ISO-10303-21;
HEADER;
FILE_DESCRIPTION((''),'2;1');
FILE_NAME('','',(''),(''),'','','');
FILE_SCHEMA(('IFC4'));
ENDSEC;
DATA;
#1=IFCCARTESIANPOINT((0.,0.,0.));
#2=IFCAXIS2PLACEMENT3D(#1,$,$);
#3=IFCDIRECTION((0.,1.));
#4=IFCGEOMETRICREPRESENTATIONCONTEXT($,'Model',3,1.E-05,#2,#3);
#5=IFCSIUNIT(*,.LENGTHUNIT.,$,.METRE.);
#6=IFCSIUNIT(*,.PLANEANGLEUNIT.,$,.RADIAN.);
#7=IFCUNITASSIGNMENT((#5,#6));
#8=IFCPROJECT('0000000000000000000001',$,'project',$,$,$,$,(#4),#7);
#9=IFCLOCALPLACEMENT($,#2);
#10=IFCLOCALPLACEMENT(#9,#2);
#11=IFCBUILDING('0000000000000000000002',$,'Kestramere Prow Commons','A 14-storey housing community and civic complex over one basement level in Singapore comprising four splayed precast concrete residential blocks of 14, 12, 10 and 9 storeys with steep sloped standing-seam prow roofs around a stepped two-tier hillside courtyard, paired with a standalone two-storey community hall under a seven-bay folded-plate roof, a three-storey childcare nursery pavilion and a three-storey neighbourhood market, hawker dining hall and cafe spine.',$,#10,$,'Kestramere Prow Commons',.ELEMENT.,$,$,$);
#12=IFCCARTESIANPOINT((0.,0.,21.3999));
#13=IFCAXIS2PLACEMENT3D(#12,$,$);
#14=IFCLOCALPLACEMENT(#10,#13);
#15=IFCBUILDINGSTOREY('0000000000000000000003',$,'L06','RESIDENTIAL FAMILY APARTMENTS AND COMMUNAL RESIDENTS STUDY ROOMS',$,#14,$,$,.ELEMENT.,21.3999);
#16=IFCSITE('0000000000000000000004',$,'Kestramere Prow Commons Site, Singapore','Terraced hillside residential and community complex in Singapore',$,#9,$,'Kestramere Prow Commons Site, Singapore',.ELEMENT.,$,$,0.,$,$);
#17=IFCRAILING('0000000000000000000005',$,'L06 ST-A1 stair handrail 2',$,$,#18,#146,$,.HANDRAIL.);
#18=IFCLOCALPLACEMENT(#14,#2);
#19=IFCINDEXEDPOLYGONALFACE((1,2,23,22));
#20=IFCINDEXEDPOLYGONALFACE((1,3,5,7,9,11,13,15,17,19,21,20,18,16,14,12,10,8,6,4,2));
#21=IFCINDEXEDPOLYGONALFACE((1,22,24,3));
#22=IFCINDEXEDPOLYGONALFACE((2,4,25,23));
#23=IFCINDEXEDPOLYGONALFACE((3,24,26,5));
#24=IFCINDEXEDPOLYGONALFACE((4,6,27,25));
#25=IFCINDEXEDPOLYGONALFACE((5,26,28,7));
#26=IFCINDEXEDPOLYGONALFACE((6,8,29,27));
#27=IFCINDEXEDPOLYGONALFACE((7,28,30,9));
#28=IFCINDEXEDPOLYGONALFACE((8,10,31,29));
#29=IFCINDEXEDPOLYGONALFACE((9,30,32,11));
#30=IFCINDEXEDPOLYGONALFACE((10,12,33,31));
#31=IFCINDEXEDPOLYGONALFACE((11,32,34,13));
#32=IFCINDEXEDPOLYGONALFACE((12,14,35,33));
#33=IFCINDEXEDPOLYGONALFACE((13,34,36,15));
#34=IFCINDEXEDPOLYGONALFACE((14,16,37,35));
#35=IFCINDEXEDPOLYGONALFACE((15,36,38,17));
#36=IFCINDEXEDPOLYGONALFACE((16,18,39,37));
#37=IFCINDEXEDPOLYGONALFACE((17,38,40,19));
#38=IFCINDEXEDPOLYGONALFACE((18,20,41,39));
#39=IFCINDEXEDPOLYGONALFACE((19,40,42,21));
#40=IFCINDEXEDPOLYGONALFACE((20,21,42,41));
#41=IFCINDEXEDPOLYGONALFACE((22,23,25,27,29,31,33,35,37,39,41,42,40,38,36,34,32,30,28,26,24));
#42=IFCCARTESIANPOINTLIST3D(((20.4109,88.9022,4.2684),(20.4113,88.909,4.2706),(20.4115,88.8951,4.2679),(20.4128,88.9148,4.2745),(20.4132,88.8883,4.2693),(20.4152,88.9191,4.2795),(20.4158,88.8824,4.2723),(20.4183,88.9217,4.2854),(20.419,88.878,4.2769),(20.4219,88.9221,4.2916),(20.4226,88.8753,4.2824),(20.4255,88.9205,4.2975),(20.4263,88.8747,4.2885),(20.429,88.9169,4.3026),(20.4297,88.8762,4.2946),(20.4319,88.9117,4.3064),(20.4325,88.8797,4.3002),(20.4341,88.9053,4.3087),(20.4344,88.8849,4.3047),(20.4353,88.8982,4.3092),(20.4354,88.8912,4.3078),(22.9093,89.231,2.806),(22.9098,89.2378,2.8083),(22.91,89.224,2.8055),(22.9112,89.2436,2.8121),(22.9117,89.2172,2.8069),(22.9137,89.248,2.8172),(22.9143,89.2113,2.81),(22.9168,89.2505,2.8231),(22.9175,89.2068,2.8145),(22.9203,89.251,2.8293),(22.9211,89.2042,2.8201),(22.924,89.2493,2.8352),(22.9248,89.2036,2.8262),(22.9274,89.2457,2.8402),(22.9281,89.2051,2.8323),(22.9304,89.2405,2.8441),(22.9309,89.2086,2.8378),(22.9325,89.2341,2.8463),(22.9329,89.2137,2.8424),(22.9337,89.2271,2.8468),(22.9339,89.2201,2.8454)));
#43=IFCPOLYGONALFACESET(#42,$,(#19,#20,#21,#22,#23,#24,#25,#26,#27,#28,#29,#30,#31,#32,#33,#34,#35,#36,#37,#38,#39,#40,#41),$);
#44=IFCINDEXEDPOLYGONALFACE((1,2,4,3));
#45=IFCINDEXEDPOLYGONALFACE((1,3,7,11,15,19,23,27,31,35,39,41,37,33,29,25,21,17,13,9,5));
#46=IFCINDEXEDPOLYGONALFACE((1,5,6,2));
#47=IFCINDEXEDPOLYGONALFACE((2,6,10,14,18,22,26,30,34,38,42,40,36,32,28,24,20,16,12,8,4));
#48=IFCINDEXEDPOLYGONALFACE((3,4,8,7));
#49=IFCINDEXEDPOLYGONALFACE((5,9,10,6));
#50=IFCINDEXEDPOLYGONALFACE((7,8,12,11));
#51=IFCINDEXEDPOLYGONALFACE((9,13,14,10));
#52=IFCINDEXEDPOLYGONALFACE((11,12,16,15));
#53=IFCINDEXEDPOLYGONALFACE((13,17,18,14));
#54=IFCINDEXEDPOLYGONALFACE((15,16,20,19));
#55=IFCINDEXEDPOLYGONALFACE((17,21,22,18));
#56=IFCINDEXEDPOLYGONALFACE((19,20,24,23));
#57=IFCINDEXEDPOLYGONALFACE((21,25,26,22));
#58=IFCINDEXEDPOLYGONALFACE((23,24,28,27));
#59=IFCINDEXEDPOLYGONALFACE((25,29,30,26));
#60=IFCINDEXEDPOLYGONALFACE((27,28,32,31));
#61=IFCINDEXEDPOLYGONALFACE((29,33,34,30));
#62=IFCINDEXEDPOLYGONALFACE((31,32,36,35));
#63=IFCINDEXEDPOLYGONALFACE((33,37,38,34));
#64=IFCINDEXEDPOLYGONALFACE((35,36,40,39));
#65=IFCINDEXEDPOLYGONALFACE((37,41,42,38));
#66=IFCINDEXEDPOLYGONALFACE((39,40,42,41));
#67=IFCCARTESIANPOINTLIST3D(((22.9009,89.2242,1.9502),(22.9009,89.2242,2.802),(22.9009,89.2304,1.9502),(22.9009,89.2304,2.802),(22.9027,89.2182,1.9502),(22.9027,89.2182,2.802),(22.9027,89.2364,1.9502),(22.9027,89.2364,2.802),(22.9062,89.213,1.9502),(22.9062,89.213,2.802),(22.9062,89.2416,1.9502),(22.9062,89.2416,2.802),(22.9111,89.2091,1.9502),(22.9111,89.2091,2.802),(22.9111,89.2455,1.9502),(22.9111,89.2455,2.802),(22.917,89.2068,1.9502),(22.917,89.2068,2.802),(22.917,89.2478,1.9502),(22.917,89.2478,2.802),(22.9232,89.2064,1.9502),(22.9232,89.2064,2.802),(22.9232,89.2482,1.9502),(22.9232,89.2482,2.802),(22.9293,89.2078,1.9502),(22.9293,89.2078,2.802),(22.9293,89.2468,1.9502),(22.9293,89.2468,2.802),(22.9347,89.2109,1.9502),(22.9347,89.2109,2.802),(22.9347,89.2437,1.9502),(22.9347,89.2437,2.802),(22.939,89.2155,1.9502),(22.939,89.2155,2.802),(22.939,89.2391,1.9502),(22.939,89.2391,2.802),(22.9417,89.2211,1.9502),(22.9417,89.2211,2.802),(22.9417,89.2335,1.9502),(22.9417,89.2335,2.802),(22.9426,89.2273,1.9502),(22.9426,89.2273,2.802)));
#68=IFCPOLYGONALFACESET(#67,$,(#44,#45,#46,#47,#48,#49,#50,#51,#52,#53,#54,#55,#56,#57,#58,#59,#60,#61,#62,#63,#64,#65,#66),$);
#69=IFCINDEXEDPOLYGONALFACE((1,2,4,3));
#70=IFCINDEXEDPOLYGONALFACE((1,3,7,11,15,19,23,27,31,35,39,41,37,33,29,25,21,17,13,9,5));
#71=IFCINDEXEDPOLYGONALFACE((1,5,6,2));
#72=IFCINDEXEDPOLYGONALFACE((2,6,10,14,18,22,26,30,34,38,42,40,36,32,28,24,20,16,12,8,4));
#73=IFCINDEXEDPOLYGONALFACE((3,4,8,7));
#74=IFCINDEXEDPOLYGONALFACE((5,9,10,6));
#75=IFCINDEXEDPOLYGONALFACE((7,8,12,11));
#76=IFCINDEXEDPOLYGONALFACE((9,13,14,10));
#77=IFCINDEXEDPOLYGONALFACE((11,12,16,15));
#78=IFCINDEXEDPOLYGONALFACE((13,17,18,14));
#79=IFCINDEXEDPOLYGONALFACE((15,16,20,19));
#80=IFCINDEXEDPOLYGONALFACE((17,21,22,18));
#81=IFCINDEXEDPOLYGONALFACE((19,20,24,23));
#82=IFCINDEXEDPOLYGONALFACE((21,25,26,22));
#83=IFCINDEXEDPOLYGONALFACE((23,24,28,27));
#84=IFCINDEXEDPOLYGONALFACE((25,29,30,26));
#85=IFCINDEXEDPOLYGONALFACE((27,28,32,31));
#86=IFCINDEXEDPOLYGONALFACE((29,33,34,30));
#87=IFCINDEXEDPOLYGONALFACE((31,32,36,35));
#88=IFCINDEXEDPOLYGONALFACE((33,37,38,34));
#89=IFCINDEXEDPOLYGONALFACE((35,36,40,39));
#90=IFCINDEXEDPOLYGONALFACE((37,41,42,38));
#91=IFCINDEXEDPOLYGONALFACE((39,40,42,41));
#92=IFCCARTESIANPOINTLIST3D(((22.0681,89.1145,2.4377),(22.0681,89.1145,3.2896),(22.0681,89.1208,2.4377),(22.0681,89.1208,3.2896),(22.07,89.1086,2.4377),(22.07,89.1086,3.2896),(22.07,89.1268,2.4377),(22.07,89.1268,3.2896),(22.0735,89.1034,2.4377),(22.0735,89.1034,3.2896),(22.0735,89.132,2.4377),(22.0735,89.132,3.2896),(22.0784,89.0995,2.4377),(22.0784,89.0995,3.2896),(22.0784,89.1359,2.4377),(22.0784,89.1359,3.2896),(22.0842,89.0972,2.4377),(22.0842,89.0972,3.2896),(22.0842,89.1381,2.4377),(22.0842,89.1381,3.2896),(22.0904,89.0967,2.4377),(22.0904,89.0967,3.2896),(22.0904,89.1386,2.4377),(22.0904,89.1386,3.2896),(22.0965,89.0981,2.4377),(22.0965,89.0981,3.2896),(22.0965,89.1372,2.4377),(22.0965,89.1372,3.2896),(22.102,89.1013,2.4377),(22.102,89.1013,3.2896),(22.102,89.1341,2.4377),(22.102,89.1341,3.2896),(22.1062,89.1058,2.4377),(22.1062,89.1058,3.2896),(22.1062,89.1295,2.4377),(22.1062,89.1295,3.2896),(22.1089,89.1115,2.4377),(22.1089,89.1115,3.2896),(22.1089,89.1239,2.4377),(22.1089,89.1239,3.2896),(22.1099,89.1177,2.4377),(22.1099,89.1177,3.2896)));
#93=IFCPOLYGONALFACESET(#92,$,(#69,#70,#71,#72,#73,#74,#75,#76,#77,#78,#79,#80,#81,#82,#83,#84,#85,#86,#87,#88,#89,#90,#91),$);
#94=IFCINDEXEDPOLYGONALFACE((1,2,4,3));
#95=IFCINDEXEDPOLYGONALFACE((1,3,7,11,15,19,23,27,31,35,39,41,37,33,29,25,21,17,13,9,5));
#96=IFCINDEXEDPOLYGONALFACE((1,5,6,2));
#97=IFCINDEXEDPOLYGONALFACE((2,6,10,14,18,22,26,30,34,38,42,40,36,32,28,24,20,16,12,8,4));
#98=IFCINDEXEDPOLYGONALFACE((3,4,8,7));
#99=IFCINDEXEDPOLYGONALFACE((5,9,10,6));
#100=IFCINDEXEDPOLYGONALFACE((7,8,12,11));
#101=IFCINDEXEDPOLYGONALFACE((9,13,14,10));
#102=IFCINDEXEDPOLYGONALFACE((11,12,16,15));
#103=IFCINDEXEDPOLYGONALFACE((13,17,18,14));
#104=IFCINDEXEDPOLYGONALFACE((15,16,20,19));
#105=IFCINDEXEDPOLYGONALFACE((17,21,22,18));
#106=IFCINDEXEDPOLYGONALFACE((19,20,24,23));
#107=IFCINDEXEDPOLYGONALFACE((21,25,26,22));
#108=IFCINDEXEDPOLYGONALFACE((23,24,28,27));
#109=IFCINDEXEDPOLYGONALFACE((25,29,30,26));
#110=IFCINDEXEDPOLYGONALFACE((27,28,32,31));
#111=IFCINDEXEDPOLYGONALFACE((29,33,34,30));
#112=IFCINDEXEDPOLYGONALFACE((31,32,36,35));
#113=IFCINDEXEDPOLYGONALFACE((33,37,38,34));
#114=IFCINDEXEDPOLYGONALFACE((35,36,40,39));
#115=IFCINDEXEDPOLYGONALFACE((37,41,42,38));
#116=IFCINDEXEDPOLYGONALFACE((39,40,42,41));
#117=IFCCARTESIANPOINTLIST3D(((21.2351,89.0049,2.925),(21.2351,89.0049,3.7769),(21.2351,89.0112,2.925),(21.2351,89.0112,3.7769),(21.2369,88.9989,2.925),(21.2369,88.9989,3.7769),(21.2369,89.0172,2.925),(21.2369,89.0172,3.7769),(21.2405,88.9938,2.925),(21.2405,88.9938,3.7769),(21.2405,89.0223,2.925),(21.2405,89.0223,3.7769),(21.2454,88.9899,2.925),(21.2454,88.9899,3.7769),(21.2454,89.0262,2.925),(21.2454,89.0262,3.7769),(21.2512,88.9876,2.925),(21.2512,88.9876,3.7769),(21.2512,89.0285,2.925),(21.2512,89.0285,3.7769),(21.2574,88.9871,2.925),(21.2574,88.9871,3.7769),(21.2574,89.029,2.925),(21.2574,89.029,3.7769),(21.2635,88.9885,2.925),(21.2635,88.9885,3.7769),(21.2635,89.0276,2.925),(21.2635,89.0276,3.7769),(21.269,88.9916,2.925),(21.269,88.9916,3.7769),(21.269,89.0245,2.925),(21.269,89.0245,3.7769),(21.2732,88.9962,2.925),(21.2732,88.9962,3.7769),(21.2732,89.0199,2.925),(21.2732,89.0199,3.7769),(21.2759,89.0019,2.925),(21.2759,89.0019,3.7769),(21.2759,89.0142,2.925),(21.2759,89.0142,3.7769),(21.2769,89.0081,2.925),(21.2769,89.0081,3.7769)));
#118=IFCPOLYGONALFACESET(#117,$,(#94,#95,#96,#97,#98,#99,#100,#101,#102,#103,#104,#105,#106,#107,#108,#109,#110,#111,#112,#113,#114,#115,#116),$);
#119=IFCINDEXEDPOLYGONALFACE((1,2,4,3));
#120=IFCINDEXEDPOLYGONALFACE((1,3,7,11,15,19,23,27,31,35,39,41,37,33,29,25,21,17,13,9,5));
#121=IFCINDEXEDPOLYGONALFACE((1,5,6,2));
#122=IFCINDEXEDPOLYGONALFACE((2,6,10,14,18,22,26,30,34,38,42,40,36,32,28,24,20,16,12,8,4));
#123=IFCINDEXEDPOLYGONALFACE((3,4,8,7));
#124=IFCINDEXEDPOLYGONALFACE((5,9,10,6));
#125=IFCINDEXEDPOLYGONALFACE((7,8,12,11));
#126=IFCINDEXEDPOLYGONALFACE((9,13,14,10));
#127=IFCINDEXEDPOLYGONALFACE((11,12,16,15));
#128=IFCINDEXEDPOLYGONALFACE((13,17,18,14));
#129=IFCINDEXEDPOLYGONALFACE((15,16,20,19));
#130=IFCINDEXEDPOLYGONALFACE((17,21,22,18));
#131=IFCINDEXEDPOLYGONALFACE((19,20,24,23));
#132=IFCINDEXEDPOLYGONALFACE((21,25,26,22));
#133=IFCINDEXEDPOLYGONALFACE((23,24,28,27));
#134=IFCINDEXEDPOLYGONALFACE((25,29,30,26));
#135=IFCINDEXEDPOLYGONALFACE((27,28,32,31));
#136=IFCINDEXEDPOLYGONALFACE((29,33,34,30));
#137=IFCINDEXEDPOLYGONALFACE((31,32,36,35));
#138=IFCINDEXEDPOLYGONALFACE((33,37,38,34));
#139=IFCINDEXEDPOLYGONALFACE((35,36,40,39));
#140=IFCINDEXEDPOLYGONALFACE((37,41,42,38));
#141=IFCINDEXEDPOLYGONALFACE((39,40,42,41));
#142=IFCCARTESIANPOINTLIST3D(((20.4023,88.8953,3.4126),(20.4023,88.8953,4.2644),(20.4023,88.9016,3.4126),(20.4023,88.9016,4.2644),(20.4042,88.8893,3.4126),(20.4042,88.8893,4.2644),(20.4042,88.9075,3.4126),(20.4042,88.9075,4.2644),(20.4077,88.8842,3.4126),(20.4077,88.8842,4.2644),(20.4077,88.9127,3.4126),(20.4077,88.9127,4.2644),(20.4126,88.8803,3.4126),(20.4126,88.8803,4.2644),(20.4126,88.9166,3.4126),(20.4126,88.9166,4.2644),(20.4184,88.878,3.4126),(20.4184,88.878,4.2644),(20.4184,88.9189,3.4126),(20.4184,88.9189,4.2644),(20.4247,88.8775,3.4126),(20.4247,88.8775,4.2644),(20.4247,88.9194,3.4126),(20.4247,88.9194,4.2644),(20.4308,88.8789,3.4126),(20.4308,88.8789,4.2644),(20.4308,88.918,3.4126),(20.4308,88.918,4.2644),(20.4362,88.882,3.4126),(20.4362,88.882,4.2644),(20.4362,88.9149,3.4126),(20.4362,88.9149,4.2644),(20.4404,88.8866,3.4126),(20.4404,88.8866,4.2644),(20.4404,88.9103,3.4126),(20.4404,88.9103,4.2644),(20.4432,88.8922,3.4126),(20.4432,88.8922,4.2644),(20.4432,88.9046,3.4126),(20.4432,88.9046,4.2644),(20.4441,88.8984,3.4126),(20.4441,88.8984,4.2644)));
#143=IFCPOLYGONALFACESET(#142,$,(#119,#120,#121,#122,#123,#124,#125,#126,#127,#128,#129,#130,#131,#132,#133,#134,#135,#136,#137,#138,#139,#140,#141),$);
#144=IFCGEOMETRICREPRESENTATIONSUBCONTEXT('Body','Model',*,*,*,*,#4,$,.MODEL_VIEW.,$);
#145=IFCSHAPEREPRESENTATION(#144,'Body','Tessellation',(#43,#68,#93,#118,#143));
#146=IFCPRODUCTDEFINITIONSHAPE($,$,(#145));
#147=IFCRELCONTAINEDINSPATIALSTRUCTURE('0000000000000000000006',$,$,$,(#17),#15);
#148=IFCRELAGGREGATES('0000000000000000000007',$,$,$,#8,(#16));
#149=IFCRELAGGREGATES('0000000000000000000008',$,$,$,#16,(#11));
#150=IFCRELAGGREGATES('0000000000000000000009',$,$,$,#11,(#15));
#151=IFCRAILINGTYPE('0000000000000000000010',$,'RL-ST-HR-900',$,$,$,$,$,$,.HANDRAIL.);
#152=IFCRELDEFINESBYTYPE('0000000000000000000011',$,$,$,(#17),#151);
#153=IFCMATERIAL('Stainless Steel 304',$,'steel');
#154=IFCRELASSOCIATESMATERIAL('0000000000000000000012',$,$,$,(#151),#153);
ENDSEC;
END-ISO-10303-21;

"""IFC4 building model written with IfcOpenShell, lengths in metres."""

from ifc_helpers import new_model, si_unit, direction, frame, origin, origin_2d, place, context, subcontext, project, spatial, circle, extrude, material, type_object, element, save


model = new_model("IFC4")

# Units and contexts
model_context = context("Model", 3, precision=1e-05, world=origin(), true_north=direction((0.0, 1.0)))
body_context = subcontext(model_context, "Body", "Model", "MODEL_VIEW")
ifc_project = project(units=[si_unit("LENGTHUNIT", "METRE"), si_unit("PLANEANGLEUNIT", "RADIAN")], contexts=[model_context])

# Site, building, storey
site_placement = place(None, origin())
site = spatial("IfcSite", under=ifc_project, at=site_placement, Name="Kestramere Prow Commons Site, Singapore", Description="Terraced hillside residential and community complex in Singapore", LongName="Kestramere Prow Commons Site, Singapore", CompositionType="ELEMENT", RefElevation=0.0)
building_placement = place(site_placement, origin())
building = spatial("IfcBuilding", under=site, at=building_placement, Name="Kestramere Prow Commons", Description="A 14-storey housing community and civic complex over one basement level in Singapore comprising four splayed precast concrete residential blocks of 14, 12, 10 and 9 storeys with steep sloped standing-seam prow roofs around a stepped two-tier hillside courtyard, paired with a standalone two-storey community hall under a seven-bay folded-plate roof, a three-storey childcare nursery pavilion and a three-storey neighbourhood market, hawker dining hall and cafe spine.", LongName="Kestramere Prow Commons", CompositionType="ELEMENT")
storey_placement = place(building_placement, frame((0.0, 0.0, 21.3999)))
storey = spatial("IfcBuildingStorey", under=building, at=storey_placement, Name="L06", Description="RESIDENTIAL FAMILY APARTMENTS AND COMMUNAL RESIDENTS STUDY ROOMS", CompositionType="ELEMENT", Elevation=21.3999)

# Railing
ifc_material_1 = material(Name="Stainless Steel 304", Category="steel")
railing_type_1 = type_object("IfcRailingType", Name="RL-ST-HR-900", PredefinedType="HANDRAIL", material=ifc_material_1)
railing_1_placement = place(storey_placement, frame((22.9216, 89.2273, 1.9502)))
element("IfcRailing", 1, at=railing_1_placement, inside=storey, type_object=railing_type_1, Name="L06 ST-A1 stair handrail 2", PredefinedType="HANDRAIL", context=body_context, shape_type="SweptSolid", body=[
    extrude(circle(Radius=0.0239, at=origin_2d()), frame((0.0, 0.0, 0.876), z_axis=(-0.857523, -0.112867, 0.501912), x_axis=(0.130495, -0.991449, 0.0)), (0.0, 0.0, 1.0), 2.9136),
    extrude(circle(Radius=0.021, at=origin_2d()), origin(), (0.0, 0.0, 1.0), 0.8518),
    extrude(circle(Radius=0.021, at=origin_2d()), frame((-0.8328, -0.1096, 0.4875)), (0.0, 0.0, 1.0), 0.8518),
    extrude(circle(Radius=0.021, at=origin_2d()), frame((-1.6658, -0.2192, 0.9749)), (0.0, 0.0, 1.0), 0.8518),
    extrude(circle(Radius=0.021, at=origin_2d()), frame((-2.4985, -0.3289, 1.4624)), (0.0, 0.0, 1.0), 0.8518),
])

save(model, "model.ifc")
